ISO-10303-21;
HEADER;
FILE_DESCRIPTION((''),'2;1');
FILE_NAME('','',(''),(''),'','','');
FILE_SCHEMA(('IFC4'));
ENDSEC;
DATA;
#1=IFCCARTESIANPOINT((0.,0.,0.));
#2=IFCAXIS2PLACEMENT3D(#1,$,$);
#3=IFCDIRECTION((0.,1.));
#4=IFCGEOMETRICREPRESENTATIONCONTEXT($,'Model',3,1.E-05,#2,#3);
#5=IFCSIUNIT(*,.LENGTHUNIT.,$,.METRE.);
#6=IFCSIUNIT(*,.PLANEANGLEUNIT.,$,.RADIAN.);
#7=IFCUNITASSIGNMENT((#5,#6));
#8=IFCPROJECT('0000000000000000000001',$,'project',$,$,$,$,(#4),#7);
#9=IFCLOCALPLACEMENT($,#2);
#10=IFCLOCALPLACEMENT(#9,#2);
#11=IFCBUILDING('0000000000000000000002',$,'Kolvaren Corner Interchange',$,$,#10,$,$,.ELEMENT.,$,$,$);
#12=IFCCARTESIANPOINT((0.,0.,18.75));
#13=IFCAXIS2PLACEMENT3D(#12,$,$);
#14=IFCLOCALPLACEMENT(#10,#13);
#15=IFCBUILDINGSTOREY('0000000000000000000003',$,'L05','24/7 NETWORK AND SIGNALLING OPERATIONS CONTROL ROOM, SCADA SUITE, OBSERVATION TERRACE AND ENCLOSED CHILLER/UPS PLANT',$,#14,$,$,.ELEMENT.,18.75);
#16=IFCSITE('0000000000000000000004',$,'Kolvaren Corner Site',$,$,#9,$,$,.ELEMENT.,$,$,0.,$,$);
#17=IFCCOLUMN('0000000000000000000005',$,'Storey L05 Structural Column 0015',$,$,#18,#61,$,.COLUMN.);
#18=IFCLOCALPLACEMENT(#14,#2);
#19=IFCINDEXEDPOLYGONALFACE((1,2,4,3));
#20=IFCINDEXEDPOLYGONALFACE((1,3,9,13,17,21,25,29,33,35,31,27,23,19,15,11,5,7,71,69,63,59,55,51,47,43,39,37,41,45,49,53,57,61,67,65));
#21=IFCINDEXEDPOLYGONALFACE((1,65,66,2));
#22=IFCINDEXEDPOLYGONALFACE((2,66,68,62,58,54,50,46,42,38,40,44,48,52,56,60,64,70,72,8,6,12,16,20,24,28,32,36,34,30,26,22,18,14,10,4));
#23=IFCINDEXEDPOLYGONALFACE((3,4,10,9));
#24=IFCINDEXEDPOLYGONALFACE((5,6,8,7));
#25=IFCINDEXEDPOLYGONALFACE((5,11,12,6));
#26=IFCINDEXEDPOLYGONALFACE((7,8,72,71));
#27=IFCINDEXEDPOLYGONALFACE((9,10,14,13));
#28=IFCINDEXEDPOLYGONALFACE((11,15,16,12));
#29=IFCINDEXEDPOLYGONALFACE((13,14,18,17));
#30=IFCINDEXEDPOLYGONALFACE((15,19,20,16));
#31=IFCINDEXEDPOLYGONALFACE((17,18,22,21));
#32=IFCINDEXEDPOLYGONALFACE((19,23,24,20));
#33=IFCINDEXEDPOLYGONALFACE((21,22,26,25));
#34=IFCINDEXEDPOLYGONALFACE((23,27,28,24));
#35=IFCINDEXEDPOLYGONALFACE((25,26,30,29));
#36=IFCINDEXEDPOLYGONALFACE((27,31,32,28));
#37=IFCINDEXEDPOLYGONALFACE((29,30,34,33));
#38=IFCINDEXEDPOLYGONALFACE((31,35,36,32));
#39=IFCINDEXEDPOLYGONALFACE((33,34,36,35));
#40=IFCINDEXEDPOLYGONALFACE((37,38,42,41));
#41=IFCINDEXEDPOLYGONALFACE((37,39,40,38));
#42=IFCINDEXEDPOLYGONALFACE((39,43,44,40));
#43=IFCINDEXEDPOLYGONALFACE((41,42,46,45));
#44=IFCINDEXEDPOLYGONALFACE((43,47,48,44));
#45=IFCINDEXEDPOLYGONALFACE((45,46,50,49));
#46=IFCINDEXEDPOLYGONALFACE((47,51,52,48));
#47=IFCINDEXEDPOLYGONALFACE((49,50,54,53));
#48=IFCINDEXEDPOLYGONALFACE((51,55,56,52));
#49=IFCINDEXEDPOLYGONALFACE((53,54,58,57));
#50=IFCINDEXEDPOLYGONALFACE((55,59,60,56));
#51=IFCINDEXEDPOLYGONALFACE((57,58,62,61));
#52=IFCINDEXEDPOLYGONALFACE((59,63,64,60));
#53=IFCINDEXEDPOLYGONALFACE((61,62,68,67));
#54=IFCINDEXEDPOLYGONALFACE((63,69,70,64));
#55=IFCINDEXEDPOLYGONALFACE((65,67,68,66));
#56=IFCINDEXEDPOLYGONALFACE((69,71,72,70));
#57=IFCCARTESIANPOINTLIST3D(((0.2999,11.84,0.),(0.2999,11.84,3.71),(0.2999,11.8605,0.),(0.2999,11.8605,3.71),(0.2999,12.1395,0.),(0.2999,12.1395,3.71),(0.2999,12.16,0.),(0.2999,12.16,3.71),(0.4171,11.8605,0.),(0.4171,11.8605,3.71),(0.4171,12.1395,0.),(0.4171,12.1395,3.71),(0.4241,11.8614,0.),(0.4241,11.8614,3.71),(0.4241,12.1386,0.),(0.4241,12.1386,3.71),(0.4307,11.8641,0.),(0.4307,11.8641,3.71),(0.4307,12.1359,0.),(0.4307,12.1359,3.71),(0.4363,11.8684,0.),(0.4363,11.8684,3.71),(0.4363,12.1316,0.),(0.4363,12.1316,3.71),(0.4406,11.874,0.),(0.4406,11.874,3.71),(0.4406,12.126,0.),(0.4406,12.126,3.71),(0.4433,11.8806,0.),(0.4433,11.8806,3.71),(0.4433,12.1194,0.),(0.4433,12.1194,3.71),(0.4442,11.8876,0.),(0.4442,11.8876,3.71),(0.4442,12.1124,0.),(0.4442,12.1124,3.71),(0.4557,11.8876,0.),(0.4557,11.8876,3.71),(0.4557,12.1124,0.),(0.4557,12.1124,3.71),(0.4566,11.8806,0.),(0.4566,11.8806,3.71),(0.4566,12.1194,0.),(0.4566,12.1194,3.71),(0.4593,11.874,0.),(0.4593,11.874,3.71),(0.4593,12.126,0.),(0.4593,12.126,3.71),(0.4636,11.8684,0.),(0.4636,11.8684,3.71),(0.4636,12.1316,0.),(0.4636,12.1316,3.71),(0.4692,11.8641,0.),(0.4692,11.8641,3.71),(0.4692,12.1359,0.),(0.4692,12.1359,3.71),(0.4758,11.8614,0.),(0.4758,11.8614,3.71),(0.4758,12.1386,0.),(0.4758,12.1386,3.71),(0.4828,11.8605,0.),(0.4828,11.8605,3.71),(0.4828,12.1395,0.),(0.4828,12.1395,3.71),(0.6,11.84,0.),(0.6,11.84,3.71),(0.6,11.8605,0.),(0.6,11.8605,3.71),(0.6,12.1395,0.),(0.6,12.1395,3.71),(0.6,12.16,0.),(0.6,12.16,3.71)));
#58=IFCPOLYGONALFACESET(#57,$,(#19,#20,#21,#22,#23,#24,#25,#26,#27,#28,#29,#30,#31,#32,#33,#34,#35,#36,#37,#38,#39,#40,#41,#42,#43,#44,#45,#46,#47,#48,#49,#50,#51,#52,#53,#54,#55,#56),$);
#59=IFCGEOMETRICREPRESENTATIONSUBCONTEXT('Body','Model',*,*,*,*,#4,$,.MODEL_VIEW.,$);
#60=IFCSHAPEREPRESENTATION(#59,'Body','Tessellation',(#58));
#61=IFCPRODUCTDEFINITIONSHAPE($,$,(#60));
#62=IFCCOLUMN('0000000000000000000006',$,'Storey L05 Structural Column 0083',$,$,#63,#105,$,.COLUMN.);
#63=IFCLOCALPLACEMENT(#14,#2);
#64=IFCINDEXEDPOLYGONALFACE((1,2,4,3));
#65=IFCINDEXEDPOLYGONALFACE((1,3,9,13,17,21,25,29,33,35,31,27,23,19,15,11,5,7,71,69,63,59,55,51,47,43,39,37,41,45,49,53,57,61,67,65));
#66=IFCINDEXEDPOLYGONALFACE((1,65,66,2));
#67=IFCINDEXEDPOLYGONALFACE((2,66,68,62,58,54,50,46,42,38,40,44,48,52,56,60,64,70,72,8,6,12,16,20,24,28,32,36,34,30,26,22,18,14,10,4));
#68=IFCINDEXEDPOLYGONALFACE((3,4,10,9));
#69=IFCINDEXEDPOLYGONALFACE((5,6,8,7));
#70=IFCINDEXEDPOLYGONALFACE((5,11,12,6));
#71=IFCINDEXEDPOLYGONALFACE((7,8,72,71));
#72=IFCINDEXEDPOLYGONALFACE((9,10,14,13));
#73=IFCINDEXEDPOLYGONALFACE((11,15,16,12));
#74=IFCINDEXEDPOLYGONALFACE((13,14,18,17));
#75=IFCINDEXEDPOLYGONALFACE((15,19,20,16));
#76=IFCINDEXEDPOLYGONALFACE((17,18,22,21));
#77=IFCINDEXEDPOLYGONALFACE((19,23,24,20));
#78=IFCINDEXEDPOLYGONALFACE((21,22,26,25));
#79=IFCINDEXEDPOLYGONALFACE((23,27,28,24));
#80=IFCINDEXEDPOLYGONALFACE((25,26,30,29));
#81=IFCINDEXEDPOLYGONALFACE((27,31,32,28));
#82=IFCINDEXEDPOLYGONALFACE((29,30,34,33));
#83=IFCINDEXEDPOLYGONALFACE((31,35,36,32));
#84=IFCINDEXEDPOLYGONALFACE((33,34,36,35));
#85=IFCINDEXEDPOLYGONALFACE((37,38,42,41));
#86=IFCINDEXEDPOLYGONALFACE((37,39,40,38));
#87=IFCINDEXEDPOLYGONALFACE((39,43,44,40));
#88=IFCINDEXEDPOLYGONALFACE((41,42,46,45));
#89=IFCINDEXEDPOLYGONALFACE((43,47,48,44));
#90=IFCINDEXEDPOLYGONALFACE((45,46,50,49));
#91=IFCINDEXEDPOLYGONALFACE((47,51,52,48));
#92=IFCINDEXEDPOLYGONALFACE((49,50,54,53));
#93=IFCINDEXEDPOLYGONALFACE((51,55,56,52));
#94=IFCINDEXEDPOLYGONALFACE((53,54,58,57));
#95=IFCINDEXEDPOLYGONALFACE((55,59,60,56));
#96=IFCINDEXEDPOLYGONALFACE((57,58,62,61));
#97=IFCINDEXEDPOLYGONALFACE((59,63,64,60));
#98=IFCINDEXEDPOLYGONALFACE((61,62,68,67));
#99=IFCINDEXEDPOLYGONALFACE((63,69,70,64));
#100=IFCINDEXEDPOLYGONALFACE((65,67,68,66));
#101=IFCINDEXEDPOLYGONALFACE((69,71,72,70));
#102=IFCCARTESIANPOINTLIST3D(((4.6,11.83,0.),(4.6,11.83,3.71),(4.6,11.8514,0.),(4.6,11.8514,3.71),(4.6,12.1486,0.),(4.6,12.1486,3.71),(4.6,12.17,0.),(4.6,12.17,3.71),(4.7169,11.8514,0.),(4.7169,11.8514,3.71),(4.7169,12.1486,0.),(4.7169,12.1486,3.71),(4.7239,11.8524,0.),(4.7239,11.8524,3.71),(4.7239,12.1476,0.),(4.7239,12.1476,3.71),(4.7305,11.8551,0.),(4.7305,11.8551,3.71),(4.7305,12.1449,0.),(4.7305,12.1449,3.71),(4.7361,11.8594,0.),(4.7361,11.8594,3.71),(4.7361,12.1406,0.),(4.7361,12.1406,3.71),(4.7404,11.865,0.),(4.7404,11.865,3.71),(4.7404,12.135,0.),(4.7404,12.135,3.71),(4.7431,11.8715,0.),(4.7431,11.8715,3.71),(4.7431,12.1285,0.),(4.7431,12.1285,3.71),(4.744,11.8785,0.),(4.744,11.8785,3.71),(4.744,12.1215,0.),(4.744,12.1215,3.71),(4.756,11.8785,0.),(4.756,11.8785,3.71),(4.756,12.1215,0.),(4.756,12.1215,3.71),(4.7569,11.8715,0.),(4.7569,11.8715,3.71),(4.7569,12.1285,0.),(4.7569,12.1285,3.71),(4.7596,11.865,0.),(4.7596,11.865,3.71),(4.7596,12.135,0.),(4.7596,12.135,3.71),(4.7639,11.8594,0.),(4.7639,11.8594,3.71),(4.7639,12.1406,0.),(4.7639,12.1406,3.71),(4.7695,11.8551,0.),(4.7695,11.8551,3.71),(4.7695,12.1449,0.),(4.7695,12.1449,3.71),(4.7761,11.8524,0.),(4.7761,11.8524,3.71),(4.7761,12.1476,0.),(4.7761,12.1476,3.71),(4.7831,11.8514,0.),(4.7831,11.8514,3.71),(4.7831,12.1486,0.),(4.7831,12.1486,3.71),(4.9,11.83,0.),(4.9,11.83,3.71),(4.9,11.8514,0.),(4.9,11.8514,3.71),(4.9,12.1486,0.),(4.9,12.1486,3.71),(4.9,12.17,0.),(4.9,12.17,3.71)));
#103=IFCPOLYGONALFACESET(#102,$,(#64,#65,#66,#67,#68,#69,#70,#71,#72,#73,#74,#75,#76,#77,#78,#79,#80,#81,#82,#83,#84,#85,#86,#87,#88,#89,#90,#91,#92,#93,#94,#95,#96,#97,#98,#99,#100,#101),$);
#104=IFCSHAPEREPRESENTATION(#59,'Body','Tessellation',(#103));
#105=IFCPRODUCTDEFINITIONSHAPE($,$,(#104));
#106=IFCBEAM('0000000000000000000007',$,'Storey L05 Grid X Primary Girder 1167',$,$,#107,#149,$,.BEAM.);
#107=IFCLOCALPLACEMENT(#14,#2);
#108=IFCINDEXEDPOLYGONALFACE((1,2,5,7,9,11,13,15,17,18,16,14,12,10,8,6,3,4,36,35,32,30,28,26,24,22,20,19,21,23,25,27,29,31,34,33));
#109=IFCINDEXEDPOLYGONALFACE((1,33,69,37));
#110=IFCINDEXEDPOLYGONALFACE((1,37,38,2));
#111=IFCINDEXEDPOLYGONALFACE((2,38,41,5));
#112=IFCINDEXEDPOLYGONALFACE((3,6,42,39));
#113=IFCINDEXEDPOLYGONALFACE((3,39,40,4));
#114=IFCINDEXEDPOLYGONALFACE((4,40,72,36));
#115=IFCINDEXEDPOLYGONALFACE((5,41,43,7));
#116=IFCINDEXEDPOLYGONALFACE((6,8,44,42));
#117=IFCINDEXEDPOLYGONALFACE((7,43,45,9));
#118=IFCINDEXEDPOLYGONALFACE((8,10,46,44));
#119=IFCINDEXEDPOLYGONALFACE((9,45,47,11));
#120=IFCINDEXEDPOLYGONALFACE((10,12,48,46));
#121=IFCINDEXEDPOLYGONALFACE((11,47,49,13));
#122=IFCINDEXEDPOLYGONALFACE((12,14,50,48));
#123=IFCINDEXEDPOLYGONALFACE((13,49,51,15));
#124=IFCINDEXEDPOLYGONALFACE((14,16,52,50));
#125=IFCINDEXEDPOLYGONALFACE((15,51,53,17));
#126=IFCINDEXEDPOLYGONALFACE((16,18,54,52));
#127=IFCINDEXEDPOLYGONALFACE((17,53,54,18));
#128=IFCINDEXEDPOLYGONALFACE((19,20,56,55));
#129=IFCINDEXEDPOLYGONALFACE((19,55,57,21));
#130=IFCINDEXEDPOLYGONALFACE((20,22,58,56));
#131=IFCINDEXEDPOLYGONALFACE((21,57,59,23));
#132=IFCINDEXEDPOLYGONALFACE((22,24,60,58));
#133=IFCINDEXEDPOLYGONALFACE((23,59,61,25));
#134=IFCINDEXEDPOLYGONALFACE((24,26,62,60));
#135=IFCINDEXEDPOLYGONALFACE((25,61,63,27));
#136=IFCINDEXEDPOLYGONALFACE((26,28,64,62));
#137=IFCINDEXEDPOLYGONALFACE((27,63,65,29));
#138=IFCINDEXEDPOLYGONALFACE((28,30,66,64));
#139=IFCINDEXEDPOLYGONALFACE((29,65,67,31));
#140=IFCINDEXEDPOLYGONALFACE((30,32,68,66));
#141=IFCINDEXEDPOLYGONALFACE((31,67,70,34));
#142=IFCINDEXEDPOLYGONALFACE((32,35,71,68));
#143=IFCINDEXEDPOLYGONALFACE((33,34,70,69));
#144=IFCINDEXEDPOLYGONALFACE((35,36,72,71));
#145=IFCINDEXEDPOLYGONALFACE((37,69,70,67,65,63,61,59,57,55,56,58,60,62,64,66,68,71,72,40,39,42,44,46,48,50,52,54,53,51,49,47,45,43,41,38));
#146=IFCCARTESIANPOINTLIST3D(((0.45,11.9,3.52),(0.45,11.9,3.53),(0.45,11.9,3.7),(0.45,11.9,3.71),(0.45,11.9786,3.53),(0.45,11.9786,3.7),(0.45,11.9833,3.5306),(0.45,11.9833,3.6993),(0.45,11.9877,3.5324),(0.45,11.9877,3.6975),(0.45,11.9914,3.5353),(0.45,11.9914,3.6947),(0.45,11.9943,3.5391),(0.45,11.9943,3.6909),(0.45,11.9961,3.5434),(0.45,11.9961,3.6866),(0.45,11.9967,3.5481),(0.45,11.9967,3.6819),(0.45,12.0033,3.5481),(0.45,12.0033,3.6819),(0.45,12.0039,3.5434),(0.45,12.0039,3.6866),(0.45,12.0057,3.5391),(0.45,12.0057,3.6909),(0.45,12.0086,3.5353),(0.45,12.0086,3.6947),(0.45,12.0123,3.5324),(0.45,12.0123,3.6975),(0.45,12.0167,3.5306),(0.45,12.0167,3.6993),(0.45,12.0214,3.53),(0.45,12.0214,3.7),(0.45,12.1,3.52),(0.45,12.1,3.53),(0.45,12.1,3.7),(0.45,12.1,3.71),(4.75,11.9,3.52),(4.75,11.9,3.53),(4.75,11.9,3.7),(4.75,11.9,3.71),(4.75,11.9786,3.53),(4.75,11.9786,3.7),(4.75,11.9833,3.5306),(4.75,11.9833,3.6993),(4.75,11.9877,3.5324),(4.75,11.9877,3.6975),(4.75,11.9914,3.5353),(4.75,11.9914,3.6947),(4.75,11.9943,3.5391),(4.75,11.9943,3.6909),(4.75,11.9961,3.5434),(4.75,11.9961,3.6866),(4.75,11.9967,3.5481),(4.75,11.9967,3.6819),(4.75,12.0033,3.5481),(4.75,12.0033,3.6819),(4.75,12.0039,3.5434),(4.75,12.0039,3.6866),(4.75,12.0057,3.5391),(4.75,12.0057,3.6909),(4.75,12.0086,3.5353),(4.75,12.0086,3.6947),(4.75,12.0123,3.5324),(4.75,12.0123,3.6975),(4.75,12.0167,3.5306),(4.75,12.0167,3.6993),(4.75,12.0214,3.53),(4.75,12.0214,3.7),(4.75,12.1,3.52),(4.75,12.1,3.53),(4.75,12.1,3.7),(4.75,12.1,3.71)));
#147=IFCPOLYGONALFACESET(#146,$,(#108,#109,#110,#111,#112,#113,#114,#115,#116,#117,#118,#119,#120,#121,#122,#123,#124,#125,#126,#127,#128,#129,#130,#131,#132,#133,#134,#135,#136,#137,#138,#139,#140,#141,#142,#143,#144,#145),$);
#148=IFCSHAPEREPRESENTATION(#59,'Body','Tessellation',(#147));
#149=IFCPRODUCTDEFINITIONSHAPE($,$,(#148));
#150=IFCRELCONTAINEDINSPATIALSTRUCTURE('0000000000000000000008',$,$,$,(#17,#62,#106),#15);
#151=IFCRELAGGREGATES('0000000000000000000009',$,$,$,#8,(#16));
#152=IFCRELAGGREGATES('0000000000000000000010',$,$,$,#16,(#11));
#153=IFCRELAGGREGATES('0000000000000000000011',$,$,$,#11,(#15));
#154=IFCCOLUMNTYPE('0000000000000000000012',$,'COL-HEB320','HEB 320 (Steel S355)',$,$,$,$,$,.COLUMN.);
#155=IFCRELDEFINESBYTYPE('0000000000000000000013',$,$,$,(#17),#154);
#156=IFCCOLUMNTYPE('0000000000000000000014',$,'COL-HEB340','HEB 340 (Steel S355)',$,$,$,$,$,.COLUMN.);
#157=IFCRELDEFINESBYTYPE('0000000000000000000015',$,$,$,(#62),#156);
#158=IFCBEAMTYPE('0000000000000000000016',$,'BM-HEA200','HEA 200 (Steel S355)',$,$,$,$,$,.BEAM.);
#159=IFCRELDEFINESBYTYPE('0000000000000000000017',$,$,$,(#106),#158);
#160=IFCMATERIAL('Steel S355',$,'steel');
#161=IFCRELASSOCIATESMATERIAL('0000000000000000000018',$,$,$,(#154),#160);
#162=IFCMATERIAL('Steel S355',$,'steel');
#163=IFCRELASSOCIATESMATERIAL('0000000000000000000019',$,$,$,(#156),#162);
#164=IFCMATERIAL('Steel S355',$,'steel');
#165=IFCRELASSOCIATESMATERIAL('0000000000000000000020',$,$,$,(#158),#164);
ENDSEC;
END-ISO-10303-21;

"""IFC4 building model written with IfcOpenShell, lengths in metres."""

from ifc_helpers import new_model, si_unit, direction, frame, origin, origin_2d, place, context, subcontext, project, spatial, i_section, extrude, material, material_profile, profile_set, type_object, element, save


model = new_model("IFC4")

# Units and contexts
model_context = context("Model", 3, precision=1e-05, world=origin(), true_north=direction((0.0, 1.0)))
body_context = subcontext(model_context, "Body", "Model", "MODEL_VIEW")
ifc_project = project(units=[si_unit("LENGTHUNIT", "METRE"), si_unit("PLANEANGLEUNIT", "RADIAN")], contexts=[model_context])

# Site, building, storey
site_placement = place(None, origin())
site = spatial("IfcSite", under=ifc_project, at=site_placement, Name="Kolvaren Corner Site", CompositionType="ELEMENT", RefElevation=0.0)
building_placement = place(site_placement, origin())
building = spatial("IfcBuilding", under=site, at=building_placement, Name="Kolvaren Corner Interchange", CompositionType="ELEMENT")
storey_placement = place(building_placement, frame((0.0, 0.0, 18.75)))
storey = spatial("IfcBuildingStorey", under=building, at=storey_placement, Name="L05", Description="24/7 NETWORK AND SIGNALLING OPERATIONS CONTROL ROOM, SCADA SUITE, OBSERVATION TERRACE AND ENCLOSED CHILLER/UPS PLANT", CompositionType="ELEMENT", Elevation=18.75)

# Columns
ifc_material_1 = material(Name="Steel S355", Category="steel")
ifc_material_profile_1 = material_profile(ifc_material_1, i_section(OverallWidth=0.3, OverallDepth=0.3201, WebThickness=0.0115, FlangeThickness=0.0205, FilletRadius=0.0271, at=origin_2d()), Name="HEB 320")
ifc_profile_set_1 = profile_set([ifc_material_profile_1], Name="Steel S355")
column_type_1 = type_object("IfcColumnType", Name="COL-HEB320", Description="HEB 320 (Steel S355)", PredefinedType="COLUMN", material=ifc_profile_set_1)
column_1_placement = place(storey_placement, frame((0.45, 12.0, 0.0), z_axis=(0.0, 0.0, 1.0), x_axis=(1.0, 0.0, 0.0)))
element("IfcColumn", 1, at=column_1_placement, inside=storey, type_object=column_type_1, Name="Storey L05 Structural Column 0015", PredefinedType="COLUMN", context=body_context, shape_type="SweptSolid", body=[
    extrude(i_section(OverallWidth=0.3, OverallDepth=0.3201, WebThickness=0.0115, FlangeThickness=0.0205, FilletRadius=0.0271, at=origin_2d()), origin(), (0.0, 0.0, 1.0), 3.71),
])
ifc_material_2 = material(Name="Steel S355", Category="steel")
ifc_material_profile_2 = material_profile(ifc_material_2, i_section(OverallWidth=0.3, OverallDepth=0.3401, WebThickness=0.012, FlangeThickness=0.0215, FilletRadius=0.0271, at=origin_2d()), Name="HEB 340")
ifc_profile_set_2 = profile_set([ifc_material_profile_2], Name="Steel S355")
column_type_2 = type_object("IfcColumnType", Name="COL-HEB340", Description="HEB 340 (Steel S355)", PredefinedType="COLUMN", material=ifc_profile_set_2)
column_2_placement = place(storey_placement, frame((4.75, 12.0, 0.0), z_axis=(0.0, 0.0, 1.0), x_axis=(1.0, 0.0, 0.0)))
element("IfcColumn", 2, at=column_2_placement, inside=storey, type_object=column_type_2, Name="Storey L05 Structural Column 0083", PredefinedType="COLUMN", context=body_context, shape_type="SweptSolid", body=[
    extrude(i_section(OverallWidth=0.3, OverallDepth=0.3401, WebThickness=0.012, FlangeThickness=0.0215, FilletRadius=0.0271, at=origin_2d()), origin(), (0.0, 0.0, 1.0), 3.71),
])

# Beam
ifc_material_3 = material(Name="Steel S355", Category="steel")
ifc_material_profile_3 = material_profile(ifc_material_3, i_section(OverallWidth=0.2, OverallDepth=0.1899, WebThickness=0.0066, FlangeThickness=0.01, FilletRadius=0.0181, at=origin_2d()), Name="HEA 200")
ifc_profile_set_3 = profile_set([ifc_material_profile_3], Name="Steel S355")
beam_type_1 = type_object("IfcBeamType", Name="BM-HEA200", Description="HEA 200 (Steel S355)", PredefinedType="BEAM", material=ifc_profile_set_3)
beam_1_placement = place(storey_placement, frame((0.45, 12.0, 3.615), z_axis=(1.0, 0.0, 0.0), x_axis=(0.0, 1.0, 0.0)))
element("IfcBeam", 3, at=beam_1_placement, inside=storey, type_object=beam_type_1, Name="Storey L05 Grid X Primary Girder 1167", PredefinedType="BEAM", context=body_context, shape_type="SweptSolid", body=[
    extrude(i_section(OverallWidth=0.2, OverallDepth=0.1899, WebThickness=0.0066, FlangeThickness=0.01, FilletRadius=0.0181, at=origin_2d()), origin(), (0.0, 0.0, 1.0), 4.3),
])

save(model, "model.ifc")
